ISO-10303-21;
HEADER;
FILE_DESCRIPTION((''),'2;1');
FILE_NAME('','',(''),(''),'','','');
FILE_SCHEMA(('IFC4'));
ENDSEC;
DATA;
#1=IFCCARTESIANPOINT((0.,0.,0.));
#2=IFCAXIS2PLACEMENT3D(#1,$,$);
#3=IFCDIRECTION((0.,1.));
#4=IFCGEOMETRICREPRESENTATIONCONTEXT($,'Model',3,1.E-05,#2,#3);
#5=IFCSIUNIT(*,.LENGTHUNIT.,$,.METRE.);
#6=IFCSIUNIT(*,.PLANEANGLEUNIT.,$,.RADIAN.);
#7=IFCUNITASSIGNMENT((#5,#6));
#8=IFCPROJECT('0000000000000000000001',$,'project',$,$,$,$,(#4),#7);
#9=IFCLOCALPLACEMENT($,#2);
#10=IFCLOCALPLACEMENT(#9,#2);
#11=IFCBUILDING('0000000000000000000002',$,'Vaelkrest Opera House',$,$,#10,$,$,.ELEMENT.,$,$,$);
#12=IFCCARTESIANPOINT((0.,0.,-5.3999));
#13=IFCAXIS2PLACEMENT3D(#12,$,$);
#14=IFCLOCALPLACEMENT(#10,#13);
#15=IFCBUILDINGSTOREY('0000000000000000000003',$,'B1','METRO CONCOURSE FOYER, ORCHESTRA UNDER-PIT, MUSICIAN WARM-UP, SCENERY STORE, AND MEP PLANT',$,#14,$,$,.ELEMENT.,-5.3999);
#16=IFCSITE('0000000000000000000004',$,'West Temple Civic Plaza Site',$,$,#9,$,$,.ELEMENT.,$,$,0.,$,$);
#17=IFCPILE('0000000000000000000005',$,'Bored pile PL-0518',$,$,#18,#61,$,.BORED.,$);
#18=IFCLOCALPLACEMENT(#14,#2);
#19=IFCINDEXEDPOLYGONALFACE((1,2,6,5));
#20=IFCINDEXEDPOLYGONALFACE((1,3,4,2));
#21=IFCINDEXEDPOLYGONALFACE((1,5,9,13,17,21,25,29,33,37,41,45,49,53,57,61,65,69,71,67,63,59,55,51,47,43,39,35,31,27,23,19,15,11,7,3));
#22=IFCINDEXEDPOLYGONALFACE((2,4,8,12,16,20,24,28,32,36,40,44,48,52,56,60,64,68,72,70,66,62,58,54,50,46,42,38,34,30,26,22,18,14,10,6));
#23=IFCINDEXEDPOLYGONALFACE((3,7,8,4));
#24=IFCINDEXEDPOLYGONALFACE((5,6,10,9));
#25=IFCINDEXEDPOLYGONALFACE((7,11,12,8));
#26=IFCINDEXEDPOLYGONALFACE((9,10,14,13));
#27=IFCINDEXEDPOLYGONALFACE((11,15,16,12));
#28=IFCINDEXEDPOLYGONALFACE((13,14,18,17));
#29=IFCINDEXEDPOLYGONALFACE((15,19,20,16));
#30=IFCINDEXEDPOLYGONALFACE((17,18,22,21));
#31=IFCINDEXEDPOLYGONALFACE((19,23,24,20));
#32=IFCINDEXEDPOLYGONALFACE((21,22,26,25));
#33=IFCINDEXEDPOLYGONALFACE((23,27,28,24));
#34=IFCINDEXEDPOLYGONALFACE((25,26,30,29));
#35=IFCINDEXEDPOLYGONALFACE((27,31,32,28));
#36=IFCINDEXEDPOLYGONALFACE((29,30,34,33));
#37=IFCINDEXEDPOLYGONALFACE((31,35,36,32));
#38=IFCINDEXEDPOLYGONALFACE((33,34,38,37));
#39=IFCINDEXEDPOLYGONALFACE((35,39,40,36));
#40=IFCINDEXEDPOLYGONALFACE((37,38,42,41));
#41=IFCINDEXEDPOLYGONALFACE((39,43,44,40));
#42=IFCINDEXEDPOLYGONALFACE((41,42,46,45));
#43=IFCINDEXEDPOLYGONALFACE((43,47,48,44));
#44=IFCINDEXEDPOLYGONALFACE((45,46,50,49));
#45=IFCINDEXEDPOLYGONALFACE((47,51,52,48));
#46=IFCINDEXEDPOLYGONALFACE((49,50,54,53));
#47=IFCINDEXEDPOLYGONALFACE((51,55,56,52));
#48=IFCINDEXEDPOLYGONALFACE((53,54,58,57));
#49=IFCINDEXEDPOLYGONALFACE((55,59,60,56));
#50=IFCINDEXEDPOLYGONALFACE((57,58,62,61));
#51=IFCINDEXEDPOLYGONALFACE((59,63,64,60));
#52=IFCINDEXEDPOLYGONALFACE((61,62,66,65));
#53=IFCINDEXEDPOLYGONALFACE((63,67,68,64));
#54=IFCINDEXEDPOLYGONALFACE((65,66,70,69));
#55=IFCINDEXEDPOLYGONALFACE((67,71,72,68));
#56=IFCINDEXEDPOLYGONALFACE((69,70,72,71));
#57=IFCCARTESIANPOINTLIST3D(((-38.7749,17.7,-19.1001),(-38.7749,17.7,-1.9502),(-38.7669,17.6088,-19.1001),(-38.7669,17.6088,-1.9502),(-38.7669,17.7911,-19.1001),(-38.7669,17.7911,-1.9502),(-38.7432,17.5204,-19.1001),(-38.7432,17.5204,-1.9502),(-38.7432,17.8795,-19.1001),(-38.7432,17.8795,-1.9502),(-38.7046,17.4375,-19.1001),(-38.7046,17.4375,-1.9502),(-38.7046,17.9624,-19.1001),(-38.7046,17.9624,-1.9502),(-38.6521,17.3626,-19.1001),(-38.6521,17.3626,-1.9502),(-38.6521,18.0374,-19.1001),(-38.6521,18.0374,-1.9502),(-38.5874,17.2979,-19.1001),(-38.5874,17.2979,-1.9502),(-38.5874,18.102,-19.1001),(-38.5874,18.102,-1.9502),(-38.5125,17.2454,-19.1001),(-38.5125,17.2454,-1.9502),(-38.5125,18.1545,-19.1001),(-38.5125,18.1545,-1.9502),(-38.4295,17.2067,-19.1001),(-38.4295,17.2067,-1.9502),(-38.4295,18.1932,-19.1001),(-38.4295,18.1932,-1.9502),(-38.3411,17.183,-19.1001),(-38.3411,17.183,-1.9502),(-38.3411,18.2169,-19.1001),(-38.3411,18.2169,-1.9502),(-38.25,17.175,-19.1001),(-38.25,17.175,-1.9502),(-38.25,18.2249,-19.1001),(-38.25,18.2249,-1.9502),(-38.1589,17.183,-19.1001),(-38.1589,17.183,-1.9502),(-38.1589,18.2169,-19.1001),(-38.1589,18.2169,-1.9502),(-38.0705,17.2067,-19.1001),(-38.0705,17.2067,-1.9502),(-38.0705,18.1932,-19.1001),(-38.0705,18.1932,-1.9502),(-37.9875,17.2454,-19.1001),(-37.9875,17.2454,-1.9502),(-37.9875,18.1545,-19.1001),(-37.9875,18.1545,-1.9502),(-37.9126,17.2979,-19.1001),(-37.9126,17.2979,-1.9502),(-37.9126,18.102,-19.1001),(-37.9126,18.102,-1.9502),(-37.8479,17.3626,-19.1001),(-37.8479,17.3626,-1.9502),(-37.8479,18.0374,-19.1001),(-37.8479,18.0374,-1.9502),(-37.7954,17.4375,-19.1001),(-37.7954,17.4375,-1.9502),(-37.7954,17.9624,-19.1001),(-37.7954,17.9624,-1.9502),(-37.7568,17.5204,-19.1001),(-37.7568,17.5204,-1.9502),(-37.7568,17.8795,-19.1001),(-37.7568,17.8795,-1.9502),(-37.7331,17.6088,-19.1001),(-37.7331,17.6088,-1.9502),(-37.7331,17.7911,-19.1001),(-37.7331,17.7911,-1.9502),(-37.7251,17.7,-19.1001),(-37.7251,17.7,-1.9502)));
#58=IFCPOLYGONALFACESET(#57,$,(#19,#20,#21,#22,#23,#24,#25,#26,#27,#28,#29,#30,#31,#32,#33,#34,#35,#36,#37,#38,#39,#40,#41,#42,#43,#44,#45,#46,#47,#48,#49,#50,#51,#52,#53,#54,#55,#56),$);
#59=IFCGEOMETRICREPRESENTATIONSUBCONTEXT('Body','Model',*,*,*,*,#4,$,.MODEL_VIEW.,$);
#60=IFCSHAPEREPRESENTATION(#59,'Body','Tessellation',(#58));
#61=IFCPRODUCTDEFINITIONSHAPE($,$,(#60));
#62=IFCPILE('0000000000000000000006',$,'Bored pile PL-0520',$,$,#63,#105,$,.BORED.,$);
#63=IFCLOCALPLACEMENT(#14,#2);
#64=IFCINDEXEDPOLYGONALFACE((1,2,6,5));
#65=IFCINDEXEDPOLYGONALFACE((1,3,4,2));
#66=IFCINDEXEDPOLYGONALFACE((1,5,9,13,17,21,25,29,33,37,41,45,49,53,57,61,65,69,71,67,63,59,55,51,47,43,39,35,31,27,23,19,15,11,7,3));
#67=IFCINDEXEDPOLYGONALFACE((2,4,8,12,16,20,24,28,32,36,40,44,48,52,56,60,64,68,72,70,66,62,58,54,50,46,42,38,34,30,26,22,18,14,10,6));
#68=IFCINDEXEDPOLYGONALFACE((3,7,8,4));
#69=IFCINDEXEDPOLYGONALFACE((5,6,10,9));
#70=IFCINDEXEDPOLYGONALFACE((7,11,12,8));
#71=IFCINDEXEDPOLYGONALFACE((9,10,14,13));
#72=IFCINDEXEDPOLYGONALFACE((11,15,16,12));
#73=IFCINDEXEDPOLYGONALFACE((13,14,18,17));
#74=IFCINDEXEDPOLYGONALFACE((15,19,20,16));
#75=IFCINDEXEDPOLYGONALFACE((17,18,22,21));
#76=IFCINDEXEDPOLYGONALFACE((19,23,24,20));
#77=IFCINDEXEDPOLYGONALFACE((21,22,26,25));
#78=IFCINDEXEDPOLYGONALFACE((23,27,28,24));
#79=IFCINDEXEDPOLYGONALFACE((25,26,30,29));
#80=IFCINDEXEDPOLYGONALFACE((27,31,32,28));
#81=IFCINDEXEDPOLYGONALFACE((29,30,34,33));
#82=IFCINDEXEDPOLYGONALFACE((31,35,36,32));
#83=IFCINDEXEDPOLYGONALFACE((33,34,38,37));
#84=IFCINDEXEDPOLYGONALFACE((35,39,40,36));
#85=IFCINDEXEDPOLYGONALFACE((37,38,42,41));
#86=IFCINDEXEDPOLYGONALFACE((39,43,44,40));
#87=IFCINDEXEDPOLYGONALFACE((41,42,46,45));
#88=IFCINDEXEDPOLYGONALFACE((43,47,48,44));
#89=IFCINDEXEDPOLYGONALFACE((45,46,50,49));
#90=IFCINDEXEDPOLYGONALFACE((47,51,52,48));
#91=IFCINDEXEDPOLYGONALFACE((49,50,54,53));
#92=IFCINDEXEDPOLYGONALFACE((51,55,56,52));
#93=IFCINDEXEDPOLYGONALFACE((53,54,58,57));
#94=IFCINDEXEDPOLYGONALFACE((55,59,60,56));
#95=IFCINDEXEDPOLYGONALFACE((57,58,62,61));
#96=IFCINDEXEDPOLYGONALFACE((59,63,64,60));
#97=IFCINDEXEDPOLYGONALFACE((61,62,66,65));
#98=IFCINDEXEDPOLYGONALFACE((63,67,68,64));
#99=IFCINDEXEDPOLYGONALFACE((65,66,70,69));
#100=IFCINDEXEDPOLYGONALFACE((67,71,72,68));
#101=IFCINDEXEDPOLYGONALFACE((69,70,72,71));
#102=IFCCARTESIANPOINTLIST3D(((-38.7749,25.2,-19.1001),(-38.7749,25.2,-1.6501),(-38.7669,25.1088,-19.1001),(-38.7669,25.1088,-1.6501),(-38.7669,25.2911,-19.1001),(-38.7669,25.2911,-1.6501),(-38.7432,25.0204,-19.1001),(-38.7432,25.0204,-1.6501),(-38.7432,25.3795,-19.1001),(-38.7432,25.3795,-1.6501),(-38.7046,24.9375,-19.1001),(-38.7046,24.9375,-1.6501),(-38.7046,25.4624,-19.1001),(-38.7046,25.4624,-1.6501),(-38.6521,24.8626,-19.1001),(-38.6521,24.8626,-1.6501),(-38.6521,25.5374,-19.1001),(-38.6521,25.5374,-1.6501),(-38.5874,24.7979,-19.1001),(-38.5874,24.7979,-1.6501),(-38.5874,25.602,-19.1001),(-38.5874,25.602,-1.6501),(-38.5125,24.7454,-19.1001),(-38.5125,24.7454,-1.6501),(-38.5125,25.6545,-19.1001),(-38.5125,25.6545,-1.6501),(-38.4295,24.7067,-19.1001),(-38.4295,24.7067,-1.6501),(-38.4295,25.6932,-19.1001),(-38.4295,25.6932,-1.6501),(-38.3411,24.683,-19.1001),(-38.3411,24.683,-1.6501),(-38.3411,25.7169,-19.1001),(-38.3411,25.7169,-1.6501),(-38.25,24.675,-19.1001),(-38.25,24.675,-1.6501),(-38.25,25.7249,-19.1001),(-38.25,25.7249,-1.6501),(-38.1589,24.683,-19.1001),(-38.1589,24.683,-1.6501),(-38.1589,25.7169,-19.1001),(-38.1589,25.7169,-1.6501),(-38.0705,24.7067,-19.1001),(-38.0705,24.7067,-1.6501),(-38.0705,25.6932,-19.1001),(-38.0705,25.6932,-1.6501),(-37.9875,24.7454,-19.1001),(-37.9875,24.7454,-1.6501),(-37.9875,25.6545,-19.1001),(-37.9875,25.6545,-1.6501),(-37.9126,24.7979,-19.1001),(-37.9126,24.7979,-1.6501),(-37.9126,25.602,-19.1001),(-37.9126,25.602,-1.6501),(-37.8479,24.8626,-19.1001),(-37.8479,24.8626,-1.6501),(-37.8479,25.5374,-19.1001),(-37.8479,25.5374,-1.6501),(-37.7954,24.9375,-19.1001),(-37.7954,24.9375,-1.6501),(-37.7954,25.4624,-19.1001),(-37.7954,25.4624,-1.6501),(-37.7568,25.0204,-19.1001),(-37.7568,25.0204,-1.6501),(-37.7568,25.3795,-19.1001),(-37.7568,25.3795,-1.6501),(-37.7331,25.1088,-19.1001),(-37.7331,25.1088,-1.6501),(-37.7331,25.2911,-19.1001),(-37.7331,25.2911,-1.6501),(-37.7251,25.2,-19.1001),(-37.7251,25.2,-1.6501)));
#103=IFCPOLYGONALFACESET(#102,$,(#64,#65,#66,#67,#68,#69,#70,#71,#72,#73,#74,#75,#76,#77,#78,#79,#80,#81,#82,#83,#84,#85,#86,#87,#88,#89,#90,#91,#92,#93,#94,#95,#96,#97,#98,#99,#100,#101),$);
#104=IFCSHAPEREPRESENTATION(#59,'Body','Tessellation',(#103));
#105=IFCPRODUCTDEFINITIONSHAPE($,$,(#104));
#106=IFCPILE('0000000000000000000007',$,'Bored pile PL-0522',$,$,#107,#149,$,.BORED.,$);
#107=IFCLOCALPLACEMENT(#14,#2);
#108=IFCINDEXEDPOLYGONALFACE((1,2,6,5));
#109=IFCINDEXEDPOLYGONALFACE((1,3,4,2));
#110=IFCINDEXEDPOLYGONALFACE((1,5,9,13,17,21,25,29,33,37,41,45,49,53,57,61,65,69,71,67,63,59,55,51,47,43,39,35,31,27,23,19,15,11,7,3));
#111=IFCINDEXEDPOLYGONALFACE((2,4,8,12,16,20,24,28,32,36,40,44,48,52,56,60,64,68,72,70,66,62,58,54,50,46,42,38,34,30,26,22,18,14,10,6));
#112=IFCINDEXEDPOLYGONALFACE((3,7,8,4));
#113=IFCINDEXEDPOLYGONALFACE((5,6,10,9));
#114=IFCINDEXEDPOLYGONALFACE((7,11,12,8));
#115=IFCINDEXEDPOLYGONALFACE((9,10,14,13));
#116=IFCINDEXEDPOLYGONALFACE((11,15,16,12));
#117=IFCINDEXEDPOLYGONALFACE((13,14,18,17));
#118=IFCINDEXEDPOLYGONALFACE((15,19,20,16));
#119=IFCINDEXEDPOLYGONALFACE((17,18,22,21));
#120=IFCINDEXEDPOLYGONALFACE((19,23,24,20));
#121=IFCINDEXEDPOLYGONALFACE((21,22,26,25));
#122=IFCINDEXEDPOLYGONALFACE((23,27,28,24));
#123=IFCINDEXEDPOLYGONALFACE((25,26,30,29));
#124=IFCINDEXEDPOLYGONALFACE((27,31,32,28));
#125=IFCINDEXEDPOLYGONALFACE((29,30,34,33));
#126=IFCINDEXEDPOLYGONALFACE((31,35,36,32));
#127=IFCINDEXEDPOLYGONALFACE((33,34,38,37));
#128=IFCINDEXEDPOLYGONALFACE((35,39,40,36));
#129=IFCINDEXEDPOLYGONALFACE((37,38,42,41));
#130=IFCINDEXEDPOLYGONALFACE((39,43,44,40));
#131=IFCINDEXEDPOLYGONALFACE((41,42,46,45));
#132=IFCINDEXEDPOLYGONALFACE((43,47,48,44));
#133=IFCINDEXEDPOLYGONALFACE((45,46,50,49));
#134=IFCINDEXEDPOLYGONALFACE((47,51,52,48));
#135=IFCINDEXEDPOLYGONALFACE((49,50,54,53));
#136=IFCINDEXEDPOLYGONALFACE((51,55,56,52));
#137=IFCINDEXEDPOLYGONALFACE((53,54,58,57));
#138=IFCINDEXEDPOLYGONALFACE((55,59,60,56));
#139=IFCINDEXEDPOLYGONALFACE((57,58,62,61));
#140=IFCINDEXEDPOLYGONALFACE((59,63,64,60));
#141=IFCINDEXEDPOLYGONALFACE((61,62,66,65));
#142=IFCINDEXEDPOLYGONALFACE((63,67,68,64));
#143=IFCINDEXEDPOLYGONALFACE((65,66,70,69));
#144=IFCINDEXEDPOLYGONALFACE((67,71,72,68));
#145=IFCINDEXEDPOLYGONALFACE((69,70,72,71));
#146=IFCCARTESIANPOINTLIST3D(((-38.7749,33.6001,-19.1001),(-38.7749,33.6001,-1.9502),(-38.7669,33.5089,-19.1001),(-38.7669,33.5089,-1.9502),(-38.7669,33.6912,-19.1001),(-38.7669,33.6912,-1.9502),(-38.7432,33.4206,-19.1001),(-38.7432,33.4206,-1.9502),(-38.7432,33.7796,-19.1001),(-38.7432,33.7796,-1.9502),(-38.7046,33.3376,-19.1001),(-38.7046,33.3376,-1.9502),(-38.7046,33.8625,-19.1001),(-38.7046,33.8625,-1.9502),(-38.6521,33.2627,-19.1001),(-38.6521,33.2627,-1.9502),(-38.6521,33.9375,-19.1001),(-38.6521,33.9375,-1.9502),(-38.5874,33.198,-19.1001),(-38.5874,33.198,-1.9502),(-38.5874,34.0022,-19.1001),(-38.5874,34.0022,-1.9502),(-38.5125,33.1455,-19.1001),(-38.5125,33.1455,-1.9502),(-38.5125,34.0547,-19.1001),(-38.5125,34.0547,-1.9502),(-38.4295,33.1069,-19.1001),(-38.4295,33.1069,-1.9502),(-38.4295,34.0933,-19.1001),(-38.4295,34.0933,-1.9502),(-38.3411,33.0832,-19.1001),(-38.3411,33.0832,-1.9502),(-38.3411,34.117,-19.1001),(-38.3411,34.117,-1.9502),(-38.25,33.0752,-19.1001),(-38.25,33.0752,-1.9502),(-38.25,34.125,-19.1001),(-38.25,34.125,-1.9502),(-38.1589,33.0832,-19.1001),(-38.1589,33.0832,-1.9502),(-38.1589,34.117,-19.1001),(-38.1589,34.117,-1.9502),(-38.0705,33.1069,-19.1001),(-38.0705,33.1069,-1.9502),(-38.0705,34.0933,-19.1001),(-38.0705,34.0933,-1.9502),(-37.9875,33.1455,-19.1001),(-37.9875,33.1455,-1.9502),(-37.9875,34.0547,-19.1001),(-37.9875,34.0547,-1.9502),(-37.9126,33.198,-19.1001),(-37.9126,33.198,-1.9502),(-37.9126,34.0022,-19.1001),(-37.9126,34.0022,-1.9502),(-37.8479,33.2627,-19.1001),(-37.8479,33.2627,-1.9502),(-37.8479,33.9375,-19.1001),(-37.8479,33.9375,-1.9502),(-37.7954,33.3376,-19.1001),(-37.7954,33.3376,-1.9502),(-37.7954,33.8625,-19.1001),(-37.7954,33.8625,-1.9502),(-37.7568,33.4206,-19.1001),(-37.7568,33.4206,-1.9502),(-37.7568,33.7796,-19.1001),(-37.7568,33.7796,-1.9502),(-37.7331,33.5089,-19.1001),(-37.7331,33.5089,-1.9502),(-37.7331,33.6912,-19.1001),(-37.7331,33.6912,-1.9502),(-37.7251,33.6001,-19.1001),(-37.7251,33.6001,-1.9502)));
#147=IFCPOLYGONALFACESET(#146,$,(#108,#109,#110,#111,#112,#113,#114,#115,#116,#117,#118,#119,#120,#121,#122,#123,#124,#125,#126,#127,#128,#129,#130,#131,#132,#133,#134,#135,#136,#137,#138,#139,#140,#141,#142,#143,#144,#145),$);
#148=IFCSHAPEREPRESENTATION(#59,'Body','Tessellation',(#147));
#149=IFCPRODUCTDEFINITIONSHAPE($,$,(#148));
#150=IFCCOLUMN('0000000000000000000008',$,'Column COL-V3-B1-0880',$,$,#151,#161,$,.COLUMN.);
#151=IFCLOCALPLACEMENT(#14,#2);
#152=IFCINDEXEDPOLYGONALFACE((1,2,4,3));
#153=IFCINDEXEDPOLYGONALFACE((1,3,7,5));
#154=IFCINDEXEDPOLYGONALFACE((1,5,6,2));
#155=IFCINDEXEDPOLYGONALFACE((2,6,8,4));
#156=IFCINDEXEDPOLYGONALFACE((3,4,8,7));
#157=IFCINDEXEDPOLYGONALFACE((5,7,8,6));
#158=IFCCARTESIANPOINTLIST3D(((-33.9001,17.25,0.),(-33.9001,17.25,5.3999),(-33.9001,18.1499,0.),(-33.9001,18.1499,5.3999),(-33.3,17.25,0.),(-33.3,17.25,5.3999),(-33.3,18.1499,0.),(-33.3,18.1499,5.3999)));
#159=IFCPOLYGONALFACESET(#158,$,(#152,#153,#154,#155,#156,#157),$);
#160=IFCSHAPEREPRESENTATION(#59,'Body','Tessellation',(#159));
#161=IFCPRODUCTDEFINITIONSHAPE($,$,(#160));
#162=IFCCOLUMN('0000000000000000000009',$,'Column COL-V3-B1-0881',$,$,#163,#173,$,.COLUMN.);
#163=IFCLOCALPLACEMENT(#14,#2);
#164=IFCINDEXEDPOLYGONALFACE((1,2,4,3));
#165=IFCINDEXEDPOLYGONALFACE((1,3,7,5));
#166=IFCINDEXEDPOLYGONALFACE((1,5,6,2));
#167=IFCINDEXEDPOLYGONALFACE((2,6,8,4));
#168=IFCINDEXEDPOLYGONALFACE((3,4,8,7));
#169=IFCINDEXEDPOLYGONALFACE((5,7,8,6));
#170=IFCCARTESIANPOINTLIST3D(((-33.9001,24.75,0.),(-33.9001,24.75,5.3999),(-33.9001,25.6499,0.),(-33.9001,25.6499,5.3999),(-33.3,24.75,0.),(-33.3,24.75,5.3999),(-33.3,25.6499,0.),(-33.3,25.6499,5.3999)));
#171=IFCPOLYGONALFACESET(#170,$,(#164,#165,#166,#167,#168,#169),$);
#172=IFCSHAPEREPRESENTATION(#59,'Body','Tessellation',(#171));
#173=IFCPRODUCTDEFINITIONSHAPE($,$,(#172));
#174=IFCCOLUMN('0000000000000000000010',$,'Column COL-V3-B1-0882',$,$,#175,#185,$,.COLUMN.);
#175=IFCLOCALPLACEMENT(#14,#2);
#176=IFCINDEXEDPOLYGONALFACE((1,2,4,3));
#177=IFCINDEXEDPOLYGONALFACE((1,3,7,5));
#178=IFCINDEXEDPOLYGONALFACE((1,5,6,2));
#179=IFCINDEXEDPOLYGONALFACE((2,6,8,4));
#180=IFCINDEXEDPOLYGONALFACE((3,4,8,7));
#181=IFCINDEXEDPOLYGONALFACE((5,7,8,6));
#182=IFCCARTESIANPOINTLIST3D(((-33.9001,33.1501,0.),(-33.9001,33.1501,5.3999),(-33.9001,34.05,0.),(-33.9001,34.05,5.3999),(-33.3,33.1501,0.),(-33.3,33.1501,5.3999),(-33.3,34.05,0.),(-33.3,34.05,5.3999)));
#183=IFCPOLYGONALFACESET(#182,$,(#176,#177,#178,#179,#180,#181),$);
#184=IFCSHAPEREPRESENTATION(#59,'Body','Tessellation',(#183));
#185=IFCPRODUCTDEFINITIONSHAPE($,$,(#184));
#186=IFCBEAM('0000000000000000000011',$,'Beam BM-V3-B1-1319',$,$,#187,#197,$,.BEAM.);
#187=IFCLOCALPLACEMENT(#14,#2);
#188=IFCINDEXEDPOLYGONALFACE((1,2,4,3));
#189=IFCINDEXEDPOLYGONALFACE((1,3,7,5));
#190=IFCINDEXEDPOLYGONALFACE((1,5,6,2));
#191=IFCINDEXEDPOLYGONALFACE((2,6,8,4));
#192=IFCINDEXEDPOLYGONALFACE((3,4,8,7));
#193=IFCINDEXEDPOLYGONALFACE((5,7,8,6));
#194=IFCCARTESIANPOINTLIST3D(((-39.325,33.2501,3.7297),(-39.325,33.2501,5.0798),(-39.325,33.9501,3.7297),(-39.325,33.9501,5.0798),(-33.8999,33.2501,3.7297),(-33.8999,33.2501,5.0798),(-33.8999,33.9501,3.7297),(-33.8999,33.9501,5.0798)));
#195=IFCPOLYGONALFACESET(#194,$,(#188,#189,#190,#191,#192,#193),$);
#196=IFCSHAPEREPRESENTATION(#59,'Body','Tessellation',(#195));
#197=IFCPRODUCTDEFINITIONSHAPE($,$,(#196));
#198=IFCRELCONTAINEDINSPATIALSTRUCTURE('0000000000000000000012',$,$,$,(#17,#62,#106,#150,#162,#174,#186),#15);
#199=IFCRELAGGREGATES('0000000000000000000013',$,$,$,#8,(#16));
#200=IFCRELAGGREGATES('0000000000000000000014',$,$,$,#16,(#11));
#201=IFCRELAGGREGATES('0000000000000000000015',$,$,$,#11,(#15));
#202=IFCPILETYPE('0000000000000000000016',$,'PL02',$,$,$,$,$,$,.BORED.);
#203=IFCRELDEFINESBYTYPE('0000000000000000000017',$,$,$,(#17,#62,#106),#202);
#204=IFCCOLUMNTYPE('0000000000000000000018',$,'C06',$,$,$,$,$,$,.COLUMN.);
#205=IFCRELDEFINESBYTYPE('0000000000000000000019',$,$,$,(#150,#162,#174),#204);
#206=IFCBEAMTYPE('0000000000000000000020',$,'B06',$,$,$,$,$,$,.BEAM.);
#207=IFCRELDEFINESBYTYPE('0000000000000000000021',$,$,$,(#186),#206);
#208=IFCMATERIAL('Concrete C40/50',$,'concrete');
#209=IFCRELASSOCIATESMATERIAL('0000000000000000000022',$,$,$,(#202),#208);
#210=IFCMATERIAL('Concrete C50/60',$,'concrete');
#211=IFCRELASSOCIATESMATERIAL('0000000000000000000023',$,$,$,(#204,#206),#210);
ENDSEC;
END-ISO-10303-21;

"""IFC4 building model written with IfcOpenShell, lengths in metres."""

from ifc_helpers import new_model, si_unit, direction, frame, origin, origin_2d, place, context, subcontext, project, spatial, rectangle, circle, extrude, material, material_profile, profile_set, type_object, element, save


model = new_model("IFC4")

# Units and contexts
model_context = context("Model", 3, precision=1e-05, world=origin(), true_north=direction((0.0, 1.0)))
body_context = subcontext(model_context, "Body", "Model", "MODEL_VIEW")
ifc_project = project(units=[si_unit("LENGTHUNIT", "METRE"), si_unit("PLANEANGLEUNIT", "RADIAN")], contexts=[model_context])

# Site, building, storey
site_placement = place(None, origin())
site = spatial("IfcSite", under=ifc_project, at=site_placement, Name="West Temple Civic Plaza Site", CompositionType="ELEMENT", RefElevation=0.0)
building_placement = place(site_placement, origin())
building = spatial("IfcBuilding", under=site, at=building_placement, Name="Vaelkrest Opera House", CompositionType="ELEMENT")
storey_placement = place(building_placement, frame((0.0, 0.0, -5.3999)))
storey = spatial("IfcBuildingStorey", under=building, at=storey_placement, Name="B1", Description="METRO CONCOURSE FOYER, ORCHESTRA UNDER-PIT, MUSICIAN WARM-UP, SCENERY STORE, AND MEP PLANT", CompositionType="ELEMENT", Elevation=-5.3999)

# Shared definitions
ifc_material_1 = material(Name="Concrete C40/50", Category="concrete")

# Piles
ifc_material_profile_1 = material_profile(ifc_material_1, circle(Radius=0.5249, at=origin_2d()), Name="PILE1050")
ifc_profile_set_1 = profile_set([ifc_material_profile_1], Name="Concrete C40/50")
pile_type_1 = type_object("IfcPileType", Name="PL02", PredefinedType="BORED", material=ifc_profile_set_1)
pile_1_placement = place(storey_placement, frame((-38.25, 17.7, -1.9502), z_axis=(0.0, 0.0, -1.0), x_axis=(1.0, 0.0, 0.0)))
element("IfcPile", 1, at=pile_1_placement, inside=storey, type_object=pile_type_1, Name="Bored pile PL-0518", PredefinedType="BORED", context=body_context, shape_type="SweptSolid", body=[
    extrude(circle(Radius=0.5249, at=origin_2d()), origin(), (0.0, 0.0, 1.0), 17.1499),
])
pile_2_placement = place(storey_placement, frame((-38.25, 25.2, -1.6501), z_axis=(0.0, 0.0, -1.0), x_axis=(1.0, 0.0, 0.0)))
element("IfcPile", 2, at=pile_2_placement, inside=storey, type_object=pile_type_1, Name="Bored pile PL-0520", PredefinedType="BORED", context=body_context, shape_type="SweptSolid", body=[
    extrude(circle(Radius=0.5249, at=origin_2d()), origin(), (0.0, 0.0, 1.0), 17.45),
])
pile_3_placement = place(storey_placement, frame((-38.25, 33.6001, -1.9502), z_axis=(0.0, 0.0, -1.0), x_axis=(1.0, 0.0, 0.0)))
element("IfcPile", 3, at=pile_3_placement, inside=storey, type_object=pile_type_1, Name="Bored pile PL-0522", PredefinedType="BORED", context=body_context, shape_type="SweptSolid", body=[
    extrude(circle(Radius=0.5249, at=origin_2d()), origin(), (0.0, 0.0, 1.0), 17.1499),
])

# Columns
ifc_material_2 = material(Name="Concrete C50/60", Category="concrete")
ifc_material_profile_2 = material_profile(ifc_material_2, rectangle(XDim=0.6001, YDim=0.8999, at=origin_2d()), Name="RC600X900")
ifc_profile_set_2 = profile_set([ifc_material_profile_2], Name="Concrete C50/60")
column_type = type_object("IfcColumnType", Name="C06", PredefinedType="COLUMN", material=ifc_profile_set_2)
for number, where, z_axis, x_axis, name in (
    (4, (-33.6001, 17.7, 0.0), (0.0, 0.0, 1.0), (1.0, 0.0, 0.0), "Column COL-V3-B1-0880"),
    (5, (-33.6001, 25.2, 0.0), (0.0, 0.0, 1.0), (1.0, 0.0, 0.0), "Column COL-V3-B1-0881"),
    (6, (-33.6001, 33.6001, 0.0), (0.0, 0.0, 1.0), (1.0, 0.0, 0.0), "Column COL-V3-B1-0882"),
):
    element("IfcColumn", number, at=place(storey_placement, frame(where, z_axis=z_axis, x_axis=x_axis)), inside=storey, type_object=column_type, Name=name, PredefinedType="COLUMN", context=body_context, shape_type="SweptSolid", body=[
        extrude(rectangle(XDim=0.6001, YDim=0.8999, at=origin_2d()), origin(), (0.0, 0.0, 1.0), 5.3999),
    ])

# Beam
ifc_material_profile_3 = material_profile(ifc_material_2, rectangle(XDim=0.7, YDim=1.3501, at=origin_2d()), Name="RCB700X1350")
ifc_profile_set_3 = profile_set([ifc_material_profile_3], Name="Concrete C50/60")
beam_type_1 = type_object("IfcBeamType", Name="B06", PredefinedType="BEAM", material=ifc_profile_set_3)
beam_1_placement = place(storey_placement, frame((-39.325, 33.6001, 4.4048), z_axis=(1.0, 0.0, 0.0), x_axis=(0.0, 1.0, 0.0)))
element("IfcBeam", 7, at=beam_1_placement, inside=storey, type_object=beam_type_1, Name="Beam BM-V3-B1-1319", PredefinedType="BEAM", context=body_context, shape_type="SweptSolid", body=[
    extrude(rectangle(XDim=0.7, YDim=1.3501, at=origin_2d()), origin(), (0.0, 0.0, 1.0), 5.425),
])

save(model, "model.ifc")
